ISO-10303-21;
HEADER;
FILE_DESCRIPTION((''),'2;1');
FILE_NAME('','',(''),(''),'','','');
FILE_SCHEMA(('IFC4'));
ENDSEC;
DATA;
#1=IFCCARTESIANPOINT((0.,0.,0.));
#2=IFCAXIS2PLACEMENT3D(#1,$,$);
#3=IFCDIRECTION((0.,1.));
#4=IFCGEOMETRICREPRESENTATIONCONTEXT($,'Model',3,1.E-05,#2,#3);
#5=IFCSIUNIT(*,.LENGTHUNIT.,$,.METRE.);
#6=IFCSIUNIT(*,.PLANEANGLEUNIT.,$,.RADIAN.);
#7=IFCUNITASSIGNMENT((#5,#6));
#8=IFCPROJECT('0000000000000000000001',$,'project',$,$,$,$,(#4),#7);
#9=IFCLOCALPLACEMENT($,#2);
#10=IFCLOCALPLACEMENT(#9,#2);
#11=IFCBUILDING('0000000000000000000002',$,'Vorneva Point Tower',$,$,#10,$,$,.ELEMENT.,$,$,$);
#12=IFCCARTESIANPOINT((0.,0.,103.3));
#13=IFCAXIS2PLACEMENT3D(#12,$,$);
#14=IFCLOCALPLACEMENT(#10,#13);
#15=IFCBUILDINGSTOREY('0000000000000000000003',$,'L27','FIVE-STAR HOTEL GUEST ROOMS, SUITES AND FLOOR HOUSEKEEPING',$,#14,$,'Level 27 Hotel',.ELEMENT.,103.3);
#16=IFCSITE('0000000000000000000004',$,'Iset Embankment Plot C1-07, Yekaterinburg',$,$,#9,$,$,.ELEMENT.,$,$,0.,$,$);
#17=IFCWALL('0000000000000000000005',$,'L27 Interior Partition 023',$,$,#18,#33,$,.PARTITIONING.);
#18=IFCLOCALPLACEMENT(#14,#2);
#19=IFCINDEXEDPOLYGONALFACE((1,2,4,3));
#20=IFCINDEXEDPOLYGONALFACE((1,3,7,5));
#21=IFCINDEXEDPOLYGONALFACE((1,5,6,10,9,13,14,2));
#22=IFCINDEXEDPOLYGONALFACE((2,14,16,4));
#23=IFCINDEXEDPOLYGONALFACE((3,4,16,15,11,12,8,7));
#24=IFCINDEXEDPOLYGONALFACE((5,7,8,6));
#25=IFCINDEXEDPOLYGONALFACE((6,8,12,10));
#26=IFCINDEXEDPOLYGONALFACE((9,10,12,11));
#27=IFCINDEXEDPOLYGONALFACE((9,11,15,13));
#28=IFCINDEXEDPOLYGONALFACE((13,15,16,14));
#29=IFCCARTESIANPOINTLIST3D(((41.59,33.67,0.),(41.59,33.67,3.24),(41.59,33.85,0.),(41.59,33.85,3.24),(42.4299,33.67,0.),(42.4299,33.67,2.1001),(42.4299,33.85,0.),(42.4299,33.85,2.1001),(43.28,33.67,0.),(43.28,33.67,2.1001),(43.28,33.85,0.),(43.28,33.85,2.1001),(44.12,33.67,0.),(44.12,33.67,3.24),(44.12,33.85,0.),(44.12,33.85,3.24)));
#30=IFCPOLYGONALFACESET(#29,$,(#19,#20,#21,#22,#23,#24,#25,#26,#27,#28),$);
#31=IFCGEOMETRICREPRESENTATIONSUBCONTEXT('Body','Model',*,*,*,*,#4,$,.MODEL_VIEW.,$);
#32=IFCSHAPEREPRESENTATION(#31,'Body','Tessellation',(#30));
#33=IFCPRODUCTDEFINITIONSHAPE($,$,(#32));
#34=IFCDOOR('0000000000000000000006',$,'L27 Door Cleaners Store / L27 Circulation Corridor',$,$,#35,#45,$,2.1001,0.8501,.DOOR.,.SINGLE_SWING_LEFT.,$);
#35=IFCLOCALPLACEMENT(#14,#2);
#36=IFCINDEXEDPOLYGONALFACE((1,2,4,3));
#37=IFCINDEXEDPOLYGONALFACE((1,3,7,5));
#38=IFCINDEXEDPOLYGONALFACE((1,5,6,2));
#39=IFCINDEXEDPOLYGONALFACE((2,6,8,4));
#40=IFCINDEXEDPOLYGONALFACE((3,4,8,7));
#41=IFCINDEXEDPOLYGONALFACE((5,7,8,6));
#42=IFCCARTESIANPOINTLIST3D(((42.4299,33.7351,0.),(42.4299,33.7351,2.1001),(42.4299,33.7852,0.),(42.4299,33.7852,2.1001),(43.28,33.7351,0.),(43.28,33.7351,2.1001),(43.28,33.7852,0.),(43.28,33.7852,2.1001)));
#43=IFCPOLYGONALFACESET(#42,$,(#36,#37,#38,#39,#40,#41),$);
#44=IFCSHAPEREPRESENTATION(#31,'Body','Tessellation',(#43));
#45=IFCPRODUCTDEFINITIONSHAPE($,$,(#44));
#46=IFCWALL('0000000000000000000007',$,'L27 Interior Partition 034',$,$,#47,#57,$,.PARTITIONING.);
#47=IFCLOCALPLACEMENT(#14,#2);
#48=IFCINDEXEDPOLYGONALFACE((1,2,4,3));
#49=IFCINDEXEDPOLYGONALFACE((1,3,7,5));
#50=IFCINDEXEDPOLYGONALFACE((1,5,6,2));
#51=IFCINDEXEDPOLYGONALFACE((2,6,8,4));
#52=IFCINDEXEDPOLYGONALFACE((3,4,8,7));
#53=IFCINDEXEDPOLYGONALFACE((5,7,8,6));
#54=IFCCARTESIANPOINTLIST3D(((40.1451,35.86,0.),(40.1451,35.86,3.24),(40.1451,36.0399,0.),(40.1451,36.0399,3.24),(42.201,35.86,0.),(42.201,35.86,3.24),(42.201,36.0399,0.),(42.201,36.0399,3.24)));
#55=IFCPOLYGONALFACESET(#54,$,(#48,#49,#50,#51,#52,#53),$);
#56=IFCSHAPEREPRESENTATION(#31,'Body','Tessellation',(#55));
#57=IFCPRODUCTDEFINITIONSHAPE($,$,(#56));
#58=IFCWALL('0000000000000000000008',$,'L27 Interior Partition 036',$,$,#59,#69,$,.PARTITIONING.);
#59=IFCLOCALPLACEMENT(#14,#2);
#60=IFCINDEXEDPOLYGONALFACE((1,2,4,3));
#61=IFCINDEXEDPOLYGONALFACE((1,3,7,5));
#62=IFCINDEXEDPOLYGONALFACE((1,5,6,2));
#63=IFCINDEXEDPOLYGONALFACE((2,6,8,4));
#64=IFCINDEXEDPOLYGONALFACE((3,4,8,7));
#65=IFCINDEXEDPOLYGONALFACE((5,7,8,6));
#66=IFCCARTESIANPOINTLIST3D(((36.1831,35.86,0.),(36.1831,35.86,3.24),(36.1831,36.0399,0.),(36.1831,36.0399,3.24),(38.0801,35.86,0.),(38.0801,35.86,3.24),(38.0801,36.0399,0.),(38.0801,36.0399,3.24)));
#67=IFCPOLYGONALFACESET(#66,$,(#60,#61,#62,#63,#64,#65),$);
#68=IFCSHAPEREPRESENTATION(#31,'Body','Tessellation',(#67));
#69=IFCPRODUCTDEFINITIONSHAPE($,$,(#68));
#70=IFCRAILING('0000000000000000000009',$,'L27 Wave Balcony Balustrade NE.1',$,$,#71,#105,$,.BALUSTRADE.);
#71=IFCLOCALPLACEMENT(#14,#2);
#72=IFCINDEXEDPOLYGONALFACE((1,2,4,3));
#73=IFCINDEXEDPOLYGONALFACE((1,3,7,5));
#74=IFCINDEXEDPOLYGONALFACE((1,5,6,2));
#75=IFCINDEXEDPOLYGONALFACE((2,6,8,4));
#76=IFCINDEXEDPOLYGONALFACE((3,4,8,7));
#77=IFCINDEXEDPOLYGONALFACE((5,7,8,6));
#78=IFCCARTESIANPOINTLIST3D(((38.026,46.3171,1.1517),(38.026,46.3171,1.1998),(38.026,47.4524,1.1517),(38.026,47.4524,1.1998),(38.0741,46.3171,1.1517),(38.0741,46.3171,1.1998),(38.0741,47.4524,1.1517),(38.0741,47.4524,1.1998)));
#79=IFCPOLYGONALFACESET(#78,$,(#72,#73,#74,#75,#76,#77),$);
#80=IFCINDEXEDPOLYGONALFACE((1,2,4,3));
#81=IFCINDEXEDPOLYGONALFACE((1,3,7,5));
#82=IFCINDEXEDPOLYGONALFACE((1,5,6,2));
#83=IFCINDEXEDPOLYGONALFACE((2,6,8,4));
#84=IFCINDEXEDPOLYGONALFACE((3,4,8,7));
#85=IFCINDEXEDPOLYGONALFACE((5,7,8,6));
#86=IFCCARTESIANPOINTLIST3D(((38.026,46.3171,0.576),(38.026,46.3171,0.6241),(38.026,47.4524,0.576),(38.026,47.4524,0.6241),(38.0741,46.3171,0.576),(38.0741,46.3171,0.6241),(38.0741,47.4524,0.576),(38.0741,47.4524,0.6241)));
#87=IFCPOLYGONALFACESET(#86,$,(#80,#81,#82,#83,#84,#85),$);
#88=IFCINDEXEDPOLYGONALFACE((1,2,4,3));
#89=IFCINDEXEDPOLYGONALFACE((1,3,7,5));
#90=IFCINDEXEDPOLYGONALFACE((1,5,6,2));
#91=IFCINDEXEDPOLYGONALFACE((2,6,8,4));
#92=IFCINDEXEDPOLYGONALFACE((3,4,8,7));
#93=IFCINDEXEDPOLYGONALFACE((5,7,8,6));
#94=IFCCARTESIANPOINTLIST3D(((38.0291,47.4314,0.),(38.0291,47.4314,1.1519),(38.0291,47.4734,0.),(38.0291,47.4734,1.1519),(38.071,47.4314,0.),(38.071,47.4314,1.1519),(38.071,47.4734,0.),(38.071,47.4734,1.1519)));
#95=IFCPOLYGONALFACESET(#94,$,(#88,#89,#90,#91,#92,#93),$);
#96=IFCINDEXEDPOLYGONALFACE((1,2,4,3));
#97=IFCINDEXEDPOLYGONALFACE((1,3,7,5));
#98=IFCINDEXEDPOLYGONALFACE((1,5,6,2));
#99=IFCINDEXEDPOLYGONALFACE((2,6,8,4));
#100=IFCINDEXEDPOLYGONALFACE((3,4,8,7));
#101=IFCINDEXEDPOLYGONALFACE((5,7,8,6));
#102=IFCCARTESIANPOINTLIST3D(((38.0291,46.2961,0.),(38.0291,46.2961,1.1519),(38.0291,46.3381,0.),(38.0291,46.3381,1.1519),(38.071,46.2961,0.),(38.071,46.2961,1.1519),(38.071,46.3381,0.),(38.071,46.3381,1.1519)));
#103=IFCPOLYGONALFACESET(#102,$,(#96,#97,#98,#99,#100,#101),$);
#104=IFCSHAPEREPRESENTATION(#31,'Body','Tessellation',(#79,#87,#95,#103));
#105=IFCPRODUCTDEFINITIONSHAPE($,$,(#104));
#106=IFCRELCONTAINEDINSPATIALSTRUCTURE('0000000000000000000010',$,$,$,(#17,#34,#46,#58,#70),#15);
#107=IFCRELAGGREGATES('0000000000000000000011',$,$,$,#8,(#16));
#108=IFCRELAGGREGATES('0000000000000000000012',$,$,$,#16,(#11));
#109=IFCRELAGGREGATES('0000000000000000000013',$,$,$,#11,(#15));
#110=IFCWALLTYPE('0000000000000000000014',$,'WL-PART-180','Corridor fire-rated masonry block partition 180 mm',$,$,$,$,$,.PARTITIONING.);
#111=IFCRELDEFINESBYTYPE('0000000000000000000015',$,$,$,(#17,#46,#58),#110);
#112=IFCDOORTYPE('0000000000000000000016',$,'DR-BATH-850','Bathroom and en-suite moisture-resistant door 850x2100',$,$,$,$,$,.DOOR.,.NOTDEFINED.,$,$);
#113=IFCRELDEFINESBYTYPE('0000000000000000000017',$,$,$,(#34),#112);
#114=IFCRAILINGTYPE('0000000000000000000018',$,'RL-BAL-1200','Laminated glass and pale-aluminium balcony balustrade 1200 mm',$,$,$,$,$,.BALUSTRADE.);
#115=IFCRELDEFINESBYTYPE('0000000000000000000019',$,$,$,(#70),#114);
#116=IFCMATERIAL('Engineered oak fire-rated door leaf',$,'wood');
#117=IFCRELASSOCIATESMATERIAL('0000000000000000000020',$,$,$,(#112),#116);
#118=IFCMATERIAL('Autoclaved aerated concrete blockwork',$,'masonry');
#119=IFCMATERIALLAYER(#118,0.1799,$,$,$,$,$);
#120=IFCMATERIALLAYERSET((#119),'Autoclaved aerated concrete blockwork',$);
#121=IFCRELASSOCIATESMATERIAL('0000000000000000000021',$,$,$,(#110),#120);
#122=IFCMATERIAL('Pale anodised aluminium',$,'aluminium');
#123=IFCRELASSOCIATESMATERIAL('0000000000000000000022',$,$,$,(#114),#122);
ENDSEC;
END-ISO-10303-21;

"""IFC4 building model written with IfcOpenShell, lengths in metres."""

from ifc_helpers import new_model, si_unit, direction, frame, frame_2d, origin, origin_2d, place, context, subcontext, project, spatial, rectangle, extrude, material, layer, layer_set, type_object, element, fill, save


model = new_model("IFC4")

# Units and contexts
model_context = context("Model", 3, precision=1e-05, world=origin(), true_north=direction((0.0, 1.0)))
body_context = subcontext(model_context, "Body", "Model", "MODEL_VIEW")
ifc_project = project(units=[si_unit("LENGTHUNIT", "METRE"), si_unit("PLANEANGLEUNIT", "RADIAN")], contexts=[model_context])

# Site, building, storey
site_placement = place(None, origin())
site = spatial("IfcSite", under=ifc_project, at=site_placement, Name="Iset Embankment Plot C1-07, Yekaterinburg", CompositionType="ELEMENT", RefElevation=0.0)
building_placement = place(site_placement, origin())
building = spatial("IfcBuilding", under=site, at=building_placement, Name="Vorneva Point Tower", CompositionType="ELEMENT")
storey_placement = place(building_placement, frame((0.0, 0.0, 103.3)))
storey = spatial("IfcBuildingStorey", under=building, at=storey_placement, Name="L27", Description="FIVE-STAR HOTEL GUEST ROOMS, SUITES AND FLOOR HOUSEKEEPING", LongName="Level 27 Hotel", CompositionType="ELEMENT", Elevation=103.3)

# Shared definitions
ifc_material_1 = material(Name="Pale anodised aluminium", Category="aluminium")

# Shared definitions
ifc_material_2 = material(Name="Engineered oak fire-rated door leaf", Category="wood")
door_type_1 = type_object("IfcDoorType", Name="DR-BATH-850", Description="Bathroom and en-suite moisture-resistant door 850x2100", OperationType="NOTDEFINED", PredefinedType="DOOR", material=ifc_material_2)

# Wall, opening, door
ifc_material_3 = material(Name="Autoclaved aerated concrete blockwork", Category="masonry")
ifc_layer_1 = layer(ifc_material_3, 0.1799)
ifc_layer_set_1 = layer_set([ifc_layer_1], Name="Autoclaved aerated concrete blockwork")
wall_type_1 = type_object("IfcWallType", Name="WL-PART-180", Description="Corridor fire-rated masonry block partition 180 mm", PredefinedType="PARTITIONING", material=ifc_layer_set_1)
wall_1_placement = place(storey_placement, frame((44.1201, 33.76, 0.0), z_axis=(0.0, 0.0, 1.0), x_axis=(-1.0, 0.0, 0.0)))
wall_1 = element("IfcWall", 1, at=wall_1_placement, inside=storey, type_object=wall_type_1, Name="L27 Interior Partition 023", PredefinedType="PARTITIONING", context=body_context, shape_type="SweptSolid", body=[
    extrude(rectangle(XDim=2.53, YDim=0.1799, at=frame_2d((1.2651, 0.0))), origin(), (0.0, 0.0, 1.0), 3.24),
])
opening_1_placement = place(wall_1_placement, frame((0.8401, 0.0, 0.0)))
opening_1 = element("IfcOpeningElement", 2, at=opening_1_placement, cuts=wall_1, PredefinedType="OPENING", context=body_context, shape_type="SweptSolid", body=[
    extrude(rectangle(XDim=0.8501, YDim=2.1001, at=frame_2d((0.425, 1.05))), frame((0.0, 0.105, 0.0), z_axis=(0.0, -1.0, 0.0), x_axis=(1.0, 0.0, 0.0)), (0.0, 0.0, 1.0), 0.2097),
])
door_1_placement = place(opening_1_placement, origin())
door_1 = element("IfcDoor", 3, at=door_1_placement, inside=storey, type_object=door_type_1, Name="L27 Door Cleaners Store / L27 Circulation Corridor", OperationType="SINGLE_SWING_LEFT", OverallHeight=2.1001, OverallWidth=0.8501, PredefinedType="DOOR", context=body_context, shape_type="SweptSolid", body=[
    extrude(rectangle(XDim=0.8501, YDim=2.1001, at=frame_2d((0.425, 1.05))), frame((0.0, 0.0249, 0.0), z_axis=(0.0, -1.0, 0.0), x_axis=(1.0, 0.0, 0.0)), (0.0, 0.0, 1.0), 0.05),
])
fill(opening_1, door_1)

# Walls
wall_2_placement = place(storey_placement, frame((42.2009, 35.95, 0.0), z_axis=(0.0, 0.0, 1.0), x_axis=(-1.0, 0.0, 0.0)))
element("IfcWall", 4, at=wall_2_placement, inside=storey, type_object=wall_type_1, Name="L27 Interior Partition 034", PredefinedType="PARTITIONING", context=body_context, shape_type="SweptSolid", body=[
    extrude(rectangle(XDim=2.0559, YDim=0.1799, at=frame_2d((1.0278, 0.0))), origin(), (0.0, 0.0, 1.0), 3.24),
])
wall_3_placement = place(storey_placement, frame((38.0801, 35.95, 0.0), z_axis=(0.0, 0.0, 1.0), x_axis=(-1.0, 0.0, 0.0)))
element("IfcWall", 5, at=wall_3_placement, inside=storey, type_object=wall_type_1, Name="L27 Interior Partition 036", PredefinedType="PARTITIONING", context=body_context, shape_type="SweptSolid", body=[
    extrude(rectangle(XDim=1.897, YDim=0.1799, at=frame_2d((0.9485, 0.0))), origin(), (0.0, 0.0, 1.0), 3.24),
])

# Railing
railing_type = type_object("IfcRailingType", Name="RL-BAL-1200", Description="Laminated glass and pale-aluminium balcony balustrade 1200 mm", PredefinedType="BALUSTRADE", material=ifc_material_1)
railing_placement = place(storey_placement, frame((38.05, 47.4524, 0.0)))
element("IfcRailing", 6, at=railing_placement, inside=storey, type_object=railing_type, Name="L27 Wave Balcony Balustrade NE.1", PredefinedType="BALUSTRADE", context=body_context, shape_type="SweptSolid", body=[
    extrude(rectangle(XDim=0.0481, YDim=0.0481, at=origin_2d()), frame((0.0, 0.0, 1.1758), z_axis=(0.0, -1.0, 0.0), x_axis=(1.0, 0.0, 0.0)), (0.0, 0.0, 1.0), 1.1353),
    extrude(rectangle(XDim=0.0481, YDim=0.0481, at=origin_2d()), frame((0.0, 0.0, 0.6001), z_axis=(0.0, -1.0, 0.0), x_axis=(1.0, 0.0, 0.0)), (0.0, 0.0, 1.0), 1.1353),
    extrude(rectangle(XDim=0.042, YDim=0.042, at=origin_2d()), origin(), (0.0, 0.0, 1.0), 1.1519),
    extrude(rectangle(XDim=0.042, YDim=0.042, at=origin_2d()), frame((0.0, -1.1353, 0.0)), (0.0, 0.0, 1.0), 1.1519),
])

save(model, "model.ifc")
